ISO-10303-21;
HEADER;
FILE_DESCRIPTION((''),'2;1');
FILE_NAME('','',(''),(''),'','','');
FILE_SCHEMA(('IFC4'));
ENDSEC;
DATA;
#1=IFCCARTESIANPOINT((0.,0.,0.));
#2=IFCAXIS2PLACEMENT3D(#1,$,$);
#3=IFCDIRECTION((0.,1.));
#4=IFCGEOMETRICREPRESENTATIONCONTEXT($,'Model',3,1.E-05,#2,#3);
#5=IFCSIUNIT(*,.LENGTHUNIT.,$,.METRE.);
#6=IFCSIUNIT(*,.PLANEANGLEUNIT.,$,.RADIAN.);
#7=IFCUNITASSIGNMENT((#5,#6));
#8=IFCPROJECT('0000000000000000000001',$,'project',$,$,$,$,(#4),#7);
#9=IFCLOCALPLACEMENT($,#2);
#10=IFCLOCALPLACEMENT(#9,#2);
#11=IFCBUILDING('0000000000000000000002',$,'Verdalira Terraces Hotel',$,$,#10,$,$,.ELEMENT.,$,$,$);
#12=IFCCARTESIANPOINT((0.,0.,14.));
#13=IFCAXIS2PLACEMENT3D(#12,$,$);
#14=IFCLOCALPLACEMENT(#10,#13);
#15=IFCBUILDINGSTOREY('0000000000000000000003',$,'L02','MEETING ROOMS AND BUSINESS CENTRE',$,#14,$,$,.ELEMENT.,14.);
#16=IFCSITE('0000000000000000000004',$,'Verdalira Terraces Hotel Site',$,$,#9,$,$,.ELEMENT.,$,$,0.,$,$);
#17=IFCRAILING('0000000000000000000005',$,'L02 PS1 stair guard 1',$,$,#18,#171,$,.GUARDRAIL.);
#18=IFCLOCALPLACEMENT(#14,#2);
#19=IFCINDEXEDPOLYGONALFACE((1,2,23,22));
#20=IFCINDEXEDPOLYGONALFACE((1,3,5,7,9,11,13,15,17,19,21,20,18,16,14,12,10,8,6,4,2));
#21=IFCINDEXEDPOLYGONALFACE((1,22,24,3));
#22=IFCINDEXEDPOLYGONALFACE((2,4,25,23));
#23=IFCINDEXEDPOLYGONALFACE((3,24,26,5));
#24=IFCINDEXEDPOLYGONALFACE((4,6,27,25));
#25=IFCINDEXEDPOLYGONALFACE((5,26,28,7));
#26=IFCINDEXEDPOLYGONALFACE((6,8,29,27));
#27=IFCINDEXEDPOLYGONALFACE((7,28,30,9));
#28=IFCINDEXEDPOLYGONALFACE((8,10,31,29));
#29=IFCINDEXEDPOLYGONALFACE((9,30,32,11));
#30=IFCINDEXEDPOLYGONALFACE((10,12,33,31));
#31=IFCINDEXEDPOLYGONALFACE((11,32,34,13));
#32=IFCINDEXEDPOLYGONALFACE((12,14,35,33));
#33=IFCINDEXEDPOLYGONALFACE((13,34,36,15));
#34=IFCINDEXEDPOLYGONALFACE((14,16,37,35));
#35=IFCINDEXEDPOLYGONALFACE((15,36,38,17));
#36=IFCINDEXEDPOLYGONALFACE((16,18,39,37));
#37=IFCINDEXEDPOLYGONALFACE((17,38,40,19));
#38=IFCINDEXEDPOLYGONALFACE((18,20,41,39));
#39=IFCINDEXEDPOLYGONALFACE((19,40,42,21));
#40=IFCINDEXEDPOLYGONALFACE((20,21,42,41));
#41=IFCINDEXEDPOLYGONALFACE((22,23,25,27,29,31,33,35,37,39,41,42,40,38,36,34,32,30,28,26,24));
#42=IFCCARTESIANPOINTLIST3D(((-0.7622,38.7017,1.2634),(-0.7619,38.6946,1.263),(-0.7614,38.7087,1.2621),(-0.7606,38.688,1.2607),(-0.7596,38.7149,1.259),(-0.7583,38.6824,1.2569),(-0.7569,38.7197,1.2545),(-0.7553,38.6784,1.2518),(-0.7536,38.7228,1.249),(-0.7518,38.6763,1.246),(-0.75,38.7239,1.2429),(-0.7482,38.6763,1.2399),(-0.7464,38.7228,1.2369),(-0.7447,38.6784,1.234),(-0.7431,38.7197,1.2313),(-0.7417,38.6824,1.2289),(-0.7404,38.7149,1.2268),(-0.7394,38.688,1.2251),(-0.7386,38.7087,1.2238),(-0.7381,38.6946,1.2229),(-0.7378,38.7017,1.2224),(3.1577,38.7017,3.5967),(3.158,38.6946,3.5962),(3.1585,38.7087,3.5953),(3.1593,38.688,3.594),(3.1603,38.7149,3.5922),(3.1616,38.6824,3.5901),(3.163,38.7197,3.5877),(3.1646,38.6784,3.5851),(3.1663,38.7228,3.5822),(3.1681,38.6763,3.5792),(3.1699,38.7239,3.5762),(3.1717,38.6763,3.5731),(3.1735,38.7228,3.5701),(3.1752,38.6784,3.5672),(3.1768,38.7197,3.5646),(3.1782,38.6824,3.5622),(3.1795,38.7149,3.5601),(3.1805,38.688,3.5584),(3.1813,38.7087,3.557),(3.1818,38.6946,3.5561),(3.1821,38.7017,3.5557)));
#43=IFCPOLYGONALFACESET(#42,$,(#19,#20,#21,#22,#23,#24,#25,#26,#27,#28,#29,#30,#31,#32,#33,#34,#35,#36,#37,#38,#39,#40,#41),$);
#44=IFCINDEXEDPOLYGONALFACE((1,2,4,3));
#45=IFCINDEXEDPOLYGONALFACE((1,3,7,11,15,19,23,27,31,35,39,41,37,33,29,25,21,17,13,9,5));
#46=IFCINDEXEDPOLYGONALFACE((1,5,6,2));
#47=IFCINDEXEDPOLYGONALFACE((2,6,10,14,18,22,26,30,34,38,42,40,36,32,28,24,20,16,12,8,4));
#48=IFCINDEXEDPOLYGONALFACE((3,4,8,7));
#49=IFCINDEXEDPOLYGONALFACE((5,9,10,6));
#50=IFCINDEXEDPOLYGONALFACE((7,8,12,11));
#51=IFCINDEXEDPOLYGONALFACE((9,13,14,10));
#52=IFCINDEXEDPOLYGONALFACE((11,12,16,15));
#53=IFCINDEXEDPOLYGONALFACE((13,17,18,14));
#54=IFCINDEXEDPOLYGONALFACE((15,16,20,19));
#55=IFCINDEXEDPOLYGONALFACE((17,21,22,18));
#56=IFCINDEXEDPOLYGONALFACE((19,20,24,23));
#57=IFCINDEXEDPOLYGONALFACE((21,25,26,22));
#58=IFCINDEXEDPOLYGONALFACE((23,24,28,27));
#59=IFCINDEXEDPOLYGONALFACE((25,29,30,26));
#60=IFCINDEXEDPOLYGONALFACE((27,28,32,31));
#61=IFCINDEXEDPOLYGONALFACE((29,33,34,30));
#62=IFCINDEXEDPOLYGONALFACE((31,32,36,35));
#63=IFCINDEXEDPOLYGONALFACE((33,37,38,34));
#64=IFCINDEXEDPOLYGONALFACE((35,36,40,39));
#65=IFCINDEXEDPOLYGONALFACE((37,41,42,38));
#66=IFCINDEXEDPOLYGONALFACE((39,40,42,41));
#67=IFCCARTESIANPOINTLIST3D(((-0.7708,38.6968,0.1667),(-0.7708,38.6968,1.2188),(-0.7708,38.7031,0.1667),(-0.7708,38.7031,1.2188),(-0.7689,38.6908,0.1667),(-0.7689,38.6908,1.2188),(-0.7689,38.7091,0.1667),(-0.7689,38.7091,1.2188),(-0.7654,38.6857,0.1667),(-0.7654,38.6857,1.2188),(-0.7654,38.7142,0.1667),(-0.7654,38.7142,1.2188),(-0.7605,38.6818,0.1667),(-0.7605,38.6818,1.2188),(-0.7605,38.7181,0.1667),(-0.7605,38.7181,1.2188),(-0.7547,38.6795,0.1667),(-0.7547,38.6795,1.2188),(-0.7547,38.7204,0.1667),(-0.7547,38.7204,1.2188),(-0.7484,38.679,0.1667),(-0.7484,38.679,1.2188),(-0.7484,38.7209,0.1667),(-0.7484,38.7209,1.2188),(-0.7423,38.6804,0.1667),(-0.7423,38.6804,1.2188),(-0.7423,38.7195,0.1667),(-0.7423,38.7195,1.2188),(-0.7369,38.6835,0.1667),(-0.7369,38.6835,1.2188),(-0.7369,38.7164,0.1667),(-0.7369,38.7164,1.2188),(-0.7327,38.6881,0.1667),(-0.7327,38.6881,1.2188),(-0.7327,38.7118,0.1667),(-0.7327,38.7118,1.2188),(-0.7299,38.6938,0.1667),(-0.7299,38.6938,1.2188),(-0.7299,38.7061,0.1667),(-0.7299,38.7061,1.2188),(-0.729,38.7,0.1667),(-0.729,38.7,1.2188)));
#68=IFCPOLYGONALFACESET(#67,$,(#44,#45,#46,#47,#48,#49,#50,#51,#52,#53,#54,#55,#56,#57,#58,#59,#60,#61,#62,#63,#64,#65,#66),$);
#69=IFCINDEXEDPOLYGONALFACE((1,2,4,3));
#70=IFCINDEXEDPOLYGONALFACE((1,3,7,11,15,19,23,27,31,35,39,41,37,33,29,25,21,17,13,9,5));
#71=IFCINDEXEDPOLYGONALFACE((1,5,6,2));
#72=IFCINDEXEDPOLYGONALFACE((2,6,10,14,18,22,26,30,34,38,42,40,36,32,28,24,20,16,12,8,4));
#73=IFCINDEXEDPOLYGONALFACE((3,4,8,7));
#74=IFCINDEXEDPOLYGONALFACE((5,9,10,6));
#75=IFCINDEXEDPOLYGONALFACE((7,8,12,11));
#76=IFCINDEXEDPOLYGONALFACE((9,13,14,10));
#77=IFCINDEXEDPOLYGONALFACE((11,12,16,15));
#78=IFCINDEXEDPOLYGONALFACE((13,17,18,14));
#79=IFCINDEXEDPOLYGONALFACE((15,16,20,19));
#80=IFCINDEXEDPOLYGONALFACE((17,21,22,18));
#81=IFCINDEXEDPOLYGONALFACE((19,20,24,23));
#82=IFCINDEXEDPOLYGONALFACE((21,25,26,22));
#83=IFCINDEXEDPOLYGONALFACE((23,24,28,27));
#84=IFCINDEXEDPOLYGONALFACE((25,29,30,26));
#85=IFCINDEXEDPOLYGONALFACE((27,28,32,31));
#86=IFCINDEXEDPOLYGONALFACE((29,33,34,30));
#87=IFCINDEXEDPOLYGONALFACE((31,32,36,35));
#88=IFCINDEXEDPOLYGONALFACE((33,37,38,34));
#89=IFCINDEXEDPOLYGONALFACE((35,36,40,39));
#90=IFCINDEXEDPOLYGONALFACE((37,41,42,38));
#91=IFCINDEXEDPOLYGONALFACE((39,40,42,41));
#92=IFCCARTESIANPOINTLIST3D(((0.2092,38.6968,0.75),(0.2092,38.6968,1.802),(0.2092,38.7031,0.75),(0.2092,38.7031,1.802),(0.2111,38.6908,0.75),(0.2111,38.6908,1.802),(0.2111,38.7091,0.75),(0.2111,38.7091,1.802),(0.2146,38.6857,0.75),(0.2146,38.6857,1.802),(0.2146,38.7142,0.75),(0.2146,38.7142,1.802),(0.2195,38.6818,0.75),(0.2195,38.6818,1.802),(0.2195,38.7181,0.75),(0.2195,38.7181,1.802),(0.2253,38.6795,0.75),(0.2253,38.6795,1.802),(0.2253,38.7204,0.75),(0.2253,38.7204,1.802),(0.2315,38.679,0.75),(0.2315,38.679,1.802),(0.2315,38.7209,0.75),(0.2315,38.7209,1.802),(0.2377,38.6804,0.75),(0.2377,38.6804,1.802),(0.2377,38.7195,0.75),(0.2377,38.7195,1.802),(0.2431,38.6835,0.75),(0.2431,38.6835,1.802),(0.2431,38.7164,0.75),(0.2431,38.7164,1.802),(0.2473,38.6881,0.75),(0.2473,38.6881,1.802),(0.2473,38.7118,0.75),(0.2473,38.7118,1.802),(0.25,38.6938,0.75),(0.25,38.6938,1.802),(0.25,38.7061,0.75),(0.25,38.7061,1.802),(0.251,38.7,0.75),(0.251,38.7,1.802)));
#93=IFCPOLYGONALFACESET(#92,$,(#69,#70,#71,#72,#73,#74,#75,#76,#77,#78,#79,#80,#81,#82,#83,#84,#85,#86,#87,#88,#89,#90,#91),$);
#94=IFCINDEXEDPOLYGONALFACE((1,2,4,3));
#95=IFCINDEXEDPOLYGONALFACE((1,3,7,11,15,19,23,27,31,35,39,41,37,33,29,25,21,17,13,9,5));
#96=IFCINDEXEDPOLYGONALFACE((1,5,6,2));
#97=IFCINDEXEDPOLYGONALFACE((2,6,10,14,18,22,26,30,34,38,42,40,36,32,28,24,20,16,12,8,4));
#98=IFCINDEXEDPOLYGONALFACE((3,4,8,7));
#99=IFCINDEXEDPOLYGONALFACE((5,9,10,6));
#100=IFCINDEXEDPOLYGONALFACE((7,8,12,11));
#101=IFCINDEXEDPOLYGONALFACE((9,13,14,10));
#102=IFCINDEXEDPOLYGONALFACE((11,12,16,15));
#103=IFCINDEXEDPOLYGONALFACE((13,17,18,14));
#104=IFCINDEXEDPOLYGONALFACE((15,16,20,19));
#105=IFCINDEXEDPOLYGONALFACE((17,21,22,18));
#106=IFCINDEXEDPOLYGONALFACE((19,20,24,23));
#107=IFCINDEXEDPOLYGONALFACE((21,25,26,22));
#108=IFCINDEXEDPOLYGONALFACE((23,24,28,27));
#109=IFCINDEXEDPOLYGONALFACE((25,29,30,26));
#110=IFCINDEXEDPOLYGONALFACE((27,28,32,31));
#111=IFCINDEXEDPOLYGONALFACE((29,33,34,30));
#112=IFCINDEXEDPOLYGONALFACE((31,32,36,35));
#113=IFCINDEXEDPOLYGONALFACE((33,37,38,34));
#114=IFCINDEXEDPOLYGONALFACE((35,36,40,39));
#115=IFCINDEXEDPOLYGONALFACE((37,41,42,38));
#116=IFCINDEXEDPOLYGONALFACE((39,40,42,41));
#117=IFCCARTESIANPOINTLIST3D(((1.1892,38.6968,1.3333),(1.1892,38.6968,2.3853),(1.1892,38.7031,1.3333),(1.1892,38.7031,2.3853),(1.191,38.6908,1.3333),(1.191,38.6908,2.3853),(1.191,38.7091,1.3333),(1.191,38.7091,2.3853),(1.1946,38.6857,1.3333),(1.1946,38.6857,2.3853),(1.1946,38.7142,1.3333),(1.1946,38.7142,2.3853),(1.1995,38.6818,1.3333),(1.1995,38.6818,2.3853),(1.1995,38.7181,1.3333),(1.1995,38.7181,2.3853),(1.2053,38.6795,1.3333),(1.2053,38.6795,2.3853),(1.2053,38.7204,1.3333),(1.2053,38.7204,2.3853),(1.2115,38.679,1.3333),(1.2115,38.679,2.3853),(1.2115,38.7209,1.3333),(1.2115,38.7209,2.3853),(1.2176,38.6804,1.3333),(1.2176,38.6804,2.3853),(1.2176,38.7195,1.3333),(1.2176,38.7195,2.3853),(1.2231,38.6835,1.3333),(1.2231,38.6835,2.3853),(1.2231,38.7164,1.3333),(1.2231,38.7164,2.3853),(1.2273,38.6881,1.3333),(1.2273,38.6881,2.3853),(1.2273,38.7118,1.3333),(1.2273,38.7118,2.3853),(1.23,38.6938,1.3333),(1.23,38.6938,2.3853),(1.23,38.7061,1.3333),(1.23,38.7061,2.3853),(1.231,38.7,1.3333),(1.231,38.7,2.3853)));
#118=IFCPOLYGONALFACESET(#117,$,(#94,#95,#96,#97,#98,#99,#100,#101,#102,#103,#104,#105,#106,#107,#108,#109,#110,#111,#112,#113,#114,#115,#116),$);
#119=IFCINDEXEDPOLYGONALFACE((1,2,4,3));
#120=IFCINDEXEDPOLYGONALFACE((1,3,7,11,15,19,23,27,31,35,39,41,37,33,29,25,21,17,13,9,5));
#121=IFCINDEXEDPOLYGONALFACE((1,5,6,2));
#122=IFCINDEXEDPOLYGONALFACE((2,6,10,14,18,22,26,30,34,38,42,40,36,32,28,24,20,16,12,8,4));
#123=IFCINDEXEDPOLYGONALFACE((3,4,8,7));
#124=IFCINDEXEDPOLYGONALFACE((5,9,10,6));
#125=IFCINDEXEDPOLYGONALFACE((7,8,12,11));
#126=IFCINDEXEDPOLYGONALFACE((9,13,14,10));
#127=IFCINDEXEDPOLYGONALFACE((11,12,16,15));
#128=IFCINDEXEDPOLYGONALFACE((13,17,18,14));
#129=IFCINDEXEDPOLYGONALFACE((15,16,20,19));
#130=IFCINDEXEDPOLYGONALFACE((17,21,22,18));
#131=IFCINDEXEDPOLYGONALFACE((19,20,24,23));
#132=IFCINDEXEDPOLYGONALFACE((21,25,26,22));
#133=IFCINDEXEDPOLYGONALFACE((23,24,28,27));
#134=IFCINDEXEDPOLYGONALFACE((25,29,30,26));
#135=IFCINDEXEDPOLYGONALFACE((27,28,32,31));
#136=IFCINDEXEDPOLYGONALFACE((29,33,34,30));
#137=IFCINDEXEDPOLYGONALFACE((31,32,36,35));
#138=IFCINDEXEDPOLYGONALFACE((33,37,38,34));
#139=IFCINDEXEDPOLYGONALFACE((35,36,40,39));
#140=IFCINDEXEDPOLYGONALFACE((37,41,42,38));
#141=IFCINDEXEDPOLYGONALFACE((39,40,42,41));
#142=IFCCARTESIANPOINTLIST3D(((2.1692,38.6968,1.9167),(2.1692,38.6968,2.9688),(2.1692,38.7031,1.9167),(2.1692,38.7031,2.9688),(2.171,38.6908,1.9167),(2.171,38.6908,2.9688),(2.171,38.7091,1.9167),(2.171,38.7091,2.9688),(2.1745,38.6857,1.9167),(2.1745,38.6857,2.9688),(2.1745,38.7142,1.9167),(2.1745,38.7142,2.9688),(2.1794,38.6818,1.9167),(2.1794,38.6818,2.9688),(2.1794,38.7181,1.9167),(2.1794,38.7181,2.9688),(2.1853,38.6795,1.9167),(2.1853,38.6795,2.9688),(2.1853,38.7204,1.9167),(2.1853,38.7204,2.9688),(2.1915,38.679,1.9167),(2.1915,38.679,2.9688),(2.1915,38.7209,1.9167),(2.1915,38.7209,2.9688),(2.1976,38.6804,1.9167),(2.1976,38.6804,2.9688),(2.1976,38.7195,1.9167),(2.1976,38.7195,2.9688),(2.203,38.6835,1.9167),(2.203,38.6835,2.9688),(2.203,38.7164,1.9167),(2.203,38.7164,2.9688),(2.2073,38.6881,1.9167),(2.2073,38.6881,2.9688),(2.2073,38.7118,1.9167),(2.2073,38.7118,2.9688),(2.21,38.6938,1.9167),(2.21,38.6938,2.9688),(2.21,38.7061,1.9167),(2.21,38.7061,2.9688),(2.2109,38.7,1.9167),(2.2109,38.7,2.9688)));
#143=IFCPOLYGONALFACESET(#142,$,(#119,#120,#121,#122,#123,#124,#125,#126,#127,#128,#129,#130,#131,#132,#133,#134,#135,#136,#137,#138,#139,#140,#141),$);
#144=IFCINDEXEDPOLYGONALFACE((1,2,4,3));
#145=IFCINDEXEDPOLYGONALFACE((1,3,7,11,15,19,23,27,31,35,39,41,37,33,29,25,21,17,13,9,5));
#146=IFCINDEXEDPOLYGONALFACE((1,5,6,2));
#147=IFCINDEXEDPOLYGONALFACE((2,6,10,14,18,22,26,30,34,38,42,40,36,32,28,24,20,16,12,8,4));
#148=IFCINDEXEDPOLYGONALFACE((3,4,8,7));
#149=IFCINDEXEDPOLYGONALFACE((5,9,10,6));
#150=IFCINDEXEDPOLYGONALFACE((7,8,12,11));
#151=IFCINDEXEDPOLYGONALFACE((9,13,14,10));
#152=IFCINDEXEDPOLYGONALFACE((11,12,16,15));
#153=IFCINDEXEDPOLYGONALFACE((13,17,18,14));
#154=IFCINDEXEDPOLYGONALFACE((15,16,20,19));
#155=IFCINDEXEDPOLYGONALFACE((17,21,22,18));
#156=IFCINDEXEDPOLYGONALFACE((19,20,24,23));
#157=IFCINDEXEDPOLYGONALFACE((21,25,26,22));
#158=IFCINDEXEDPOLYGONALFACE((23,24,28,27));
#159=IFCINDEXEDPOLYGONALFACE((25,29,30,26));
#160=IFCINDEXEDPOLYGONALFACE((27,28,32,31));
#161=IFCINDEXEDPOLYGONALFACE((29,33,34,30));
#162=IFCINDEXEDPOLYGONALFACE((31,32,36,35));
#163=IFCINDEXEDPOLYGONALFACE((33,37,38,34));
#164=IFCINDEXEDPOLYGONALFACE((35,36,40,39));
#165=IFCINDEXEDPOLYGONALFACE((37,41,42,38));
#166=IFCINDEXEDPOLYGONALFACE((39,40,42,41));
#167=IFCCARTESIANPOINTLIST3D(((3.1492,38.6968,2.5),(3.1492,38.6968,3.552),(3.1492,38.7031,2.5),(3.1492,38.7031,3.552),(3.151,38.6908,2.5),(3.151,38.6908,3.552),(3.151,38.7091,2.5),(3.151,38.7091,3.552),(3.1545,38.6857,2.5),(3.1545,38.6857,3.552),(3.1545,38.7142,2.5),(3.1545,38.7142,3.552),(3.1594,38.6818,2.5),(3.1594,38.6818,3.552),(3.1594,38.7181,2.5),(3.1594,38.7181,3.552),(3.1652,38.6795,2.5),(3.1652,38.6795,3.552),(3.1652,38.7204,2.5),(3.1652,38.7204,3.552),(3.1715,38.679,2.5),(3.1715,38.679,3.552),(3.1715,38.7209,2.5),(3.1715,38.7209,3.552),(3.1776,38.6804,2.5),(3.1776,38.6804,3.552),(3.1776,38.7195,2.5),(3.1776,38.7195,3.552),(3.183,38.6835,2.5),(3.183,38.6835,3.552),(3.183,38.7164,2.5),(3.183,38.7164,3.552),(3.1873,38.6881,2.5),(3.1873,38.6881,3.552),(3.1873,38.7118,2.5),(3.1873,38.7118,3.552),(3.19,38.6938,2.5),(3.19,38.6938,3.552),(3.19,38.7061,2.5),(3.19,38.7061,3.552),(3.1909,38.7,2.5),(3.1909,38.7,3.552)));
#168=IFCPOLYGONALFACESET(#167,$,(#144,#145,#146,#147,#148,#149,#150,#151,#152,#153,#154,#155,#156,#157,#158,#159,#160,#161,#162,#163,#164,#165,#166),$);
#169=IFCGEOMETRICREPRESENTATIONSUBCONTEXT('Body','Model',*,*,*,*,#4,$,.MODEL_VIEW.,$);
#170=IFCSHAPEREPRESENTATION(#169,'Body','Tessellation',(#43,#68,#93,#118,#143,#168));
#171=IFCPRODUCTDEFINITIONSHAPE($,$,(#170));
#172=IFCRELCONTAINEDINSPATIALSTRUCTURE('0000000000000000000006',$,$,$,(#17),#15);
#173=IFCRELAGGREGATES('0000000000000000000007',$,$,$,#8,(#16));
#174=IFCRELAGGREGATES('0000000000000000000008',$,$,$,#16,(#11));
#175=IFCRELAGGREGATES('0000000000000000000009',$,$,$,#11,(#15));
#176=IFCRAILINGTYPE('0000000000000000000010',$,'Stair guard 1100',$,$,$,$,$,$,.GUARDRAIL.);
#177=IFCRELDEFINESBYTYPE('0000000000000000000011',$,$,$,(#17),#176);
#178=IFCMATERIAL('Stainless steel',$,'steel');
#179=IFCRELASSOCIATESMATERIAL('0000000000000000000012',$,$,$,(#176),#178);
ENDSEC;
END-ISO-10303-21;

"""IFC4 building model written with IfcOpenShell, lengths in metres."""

from ifc_helpers import new_model, si_unit, direction, frame, origin, origin_2d, place, context, subcontext, project, spatial, circle, extrude, material, type_object, element, save


model = new_model("IFC4")

# Units and contexts
model_context = context("Model", 3, precision=1e-05, world=origin(), true_north=direction((0.0, 1.0)))
body_context = subcontext(model_context, "Body", "Model", "MODEL_VIEW")
ifc_project = project(units=[si_unit("LENGTHUNIT", "METRE"), si_unit("PLANEANGLEUNIT", "RADIAN")], contexts=[model_context])

# Site, building, storey
site_placement = place(None, origin())
site = spatial("IfcSite", under=ifc_project, at=site_placement, Name="Verdalira Terraces Hotel Site", CompositionType="ELEMENT", RefElevation=0.0)
building_placement = place(site_placement, origin())
building = spatial("IfcBuilding", under=site, at=building_placement, Name="Verdalira Terraces Hotel", CompositionType="ELEMENT")
storey_placement = place(building_placement, frame((0.0, 0.0, 14.0)))
storey = spatial("IfcBuildingStorey", under=building, at=storey_placement, Name="L02", Description="MEETING ROOMS AND BUSINESS CENTRE", CompositionType="ELEMENT", Elevation=14.0)

# Railing
ifc_material_1 = material(Name="Stainless steel", Category="steel")
railing_type_1 = type_object("IfcRailingType", Name="Stair guard 1100", PredefinedType="GUARDRAIL", material=ifc_material_1)
railing_1_placement = place(storey_placement, frame((-0.75, 38.7, 0.1667)))
element("IfcRailing", 1, at=railing_1_placement, inside=storey, type_object=railing_type_1, Name="L02 PS1 stair guard 1", PredefinedType="GUARDRAIL", context=body_context, shape_type="SweptSolid", body=[
    extrude(circle(Radius=0.0239, at=origin_2d()), frame((0.0, 0.0, 1.0762), z_axis=(0.859296, 0.0, 0.511478), x_axis=(0.0, 1.0, 0.0)), (0.0, 0.0, 1.0), 4.5618),
    extrude(circle(Radius=0.021, at=origin_2d()), origin(), (0.0, 0.0, 1.0), 1.052),
    extrude(circle(Radius=0.021, at=origin_2d()), frame((0.98, 0.0, 0.5833)), (0.0, 0.0, 1.0), 1.052),
    extrude(circle(Radius=0.021, at=origin_2d()), frame((1.96, 0.0, 1.1665)), (0.0, 0.0, 1.0), 1.052),
    extrude(circle(Radius=0.021, at=origin_2d()), frame((2.9399, 0.0, 1.75)), (0.0, 0.0, 1.0), 1.052),
    extrude(circle(Radius=0.021, at=origin_2d()), frame((3.9199, 0.0, 2.3333)), (0.0, 0.0, 1.0), 1.052),
])

save(model, "model.ifc")
